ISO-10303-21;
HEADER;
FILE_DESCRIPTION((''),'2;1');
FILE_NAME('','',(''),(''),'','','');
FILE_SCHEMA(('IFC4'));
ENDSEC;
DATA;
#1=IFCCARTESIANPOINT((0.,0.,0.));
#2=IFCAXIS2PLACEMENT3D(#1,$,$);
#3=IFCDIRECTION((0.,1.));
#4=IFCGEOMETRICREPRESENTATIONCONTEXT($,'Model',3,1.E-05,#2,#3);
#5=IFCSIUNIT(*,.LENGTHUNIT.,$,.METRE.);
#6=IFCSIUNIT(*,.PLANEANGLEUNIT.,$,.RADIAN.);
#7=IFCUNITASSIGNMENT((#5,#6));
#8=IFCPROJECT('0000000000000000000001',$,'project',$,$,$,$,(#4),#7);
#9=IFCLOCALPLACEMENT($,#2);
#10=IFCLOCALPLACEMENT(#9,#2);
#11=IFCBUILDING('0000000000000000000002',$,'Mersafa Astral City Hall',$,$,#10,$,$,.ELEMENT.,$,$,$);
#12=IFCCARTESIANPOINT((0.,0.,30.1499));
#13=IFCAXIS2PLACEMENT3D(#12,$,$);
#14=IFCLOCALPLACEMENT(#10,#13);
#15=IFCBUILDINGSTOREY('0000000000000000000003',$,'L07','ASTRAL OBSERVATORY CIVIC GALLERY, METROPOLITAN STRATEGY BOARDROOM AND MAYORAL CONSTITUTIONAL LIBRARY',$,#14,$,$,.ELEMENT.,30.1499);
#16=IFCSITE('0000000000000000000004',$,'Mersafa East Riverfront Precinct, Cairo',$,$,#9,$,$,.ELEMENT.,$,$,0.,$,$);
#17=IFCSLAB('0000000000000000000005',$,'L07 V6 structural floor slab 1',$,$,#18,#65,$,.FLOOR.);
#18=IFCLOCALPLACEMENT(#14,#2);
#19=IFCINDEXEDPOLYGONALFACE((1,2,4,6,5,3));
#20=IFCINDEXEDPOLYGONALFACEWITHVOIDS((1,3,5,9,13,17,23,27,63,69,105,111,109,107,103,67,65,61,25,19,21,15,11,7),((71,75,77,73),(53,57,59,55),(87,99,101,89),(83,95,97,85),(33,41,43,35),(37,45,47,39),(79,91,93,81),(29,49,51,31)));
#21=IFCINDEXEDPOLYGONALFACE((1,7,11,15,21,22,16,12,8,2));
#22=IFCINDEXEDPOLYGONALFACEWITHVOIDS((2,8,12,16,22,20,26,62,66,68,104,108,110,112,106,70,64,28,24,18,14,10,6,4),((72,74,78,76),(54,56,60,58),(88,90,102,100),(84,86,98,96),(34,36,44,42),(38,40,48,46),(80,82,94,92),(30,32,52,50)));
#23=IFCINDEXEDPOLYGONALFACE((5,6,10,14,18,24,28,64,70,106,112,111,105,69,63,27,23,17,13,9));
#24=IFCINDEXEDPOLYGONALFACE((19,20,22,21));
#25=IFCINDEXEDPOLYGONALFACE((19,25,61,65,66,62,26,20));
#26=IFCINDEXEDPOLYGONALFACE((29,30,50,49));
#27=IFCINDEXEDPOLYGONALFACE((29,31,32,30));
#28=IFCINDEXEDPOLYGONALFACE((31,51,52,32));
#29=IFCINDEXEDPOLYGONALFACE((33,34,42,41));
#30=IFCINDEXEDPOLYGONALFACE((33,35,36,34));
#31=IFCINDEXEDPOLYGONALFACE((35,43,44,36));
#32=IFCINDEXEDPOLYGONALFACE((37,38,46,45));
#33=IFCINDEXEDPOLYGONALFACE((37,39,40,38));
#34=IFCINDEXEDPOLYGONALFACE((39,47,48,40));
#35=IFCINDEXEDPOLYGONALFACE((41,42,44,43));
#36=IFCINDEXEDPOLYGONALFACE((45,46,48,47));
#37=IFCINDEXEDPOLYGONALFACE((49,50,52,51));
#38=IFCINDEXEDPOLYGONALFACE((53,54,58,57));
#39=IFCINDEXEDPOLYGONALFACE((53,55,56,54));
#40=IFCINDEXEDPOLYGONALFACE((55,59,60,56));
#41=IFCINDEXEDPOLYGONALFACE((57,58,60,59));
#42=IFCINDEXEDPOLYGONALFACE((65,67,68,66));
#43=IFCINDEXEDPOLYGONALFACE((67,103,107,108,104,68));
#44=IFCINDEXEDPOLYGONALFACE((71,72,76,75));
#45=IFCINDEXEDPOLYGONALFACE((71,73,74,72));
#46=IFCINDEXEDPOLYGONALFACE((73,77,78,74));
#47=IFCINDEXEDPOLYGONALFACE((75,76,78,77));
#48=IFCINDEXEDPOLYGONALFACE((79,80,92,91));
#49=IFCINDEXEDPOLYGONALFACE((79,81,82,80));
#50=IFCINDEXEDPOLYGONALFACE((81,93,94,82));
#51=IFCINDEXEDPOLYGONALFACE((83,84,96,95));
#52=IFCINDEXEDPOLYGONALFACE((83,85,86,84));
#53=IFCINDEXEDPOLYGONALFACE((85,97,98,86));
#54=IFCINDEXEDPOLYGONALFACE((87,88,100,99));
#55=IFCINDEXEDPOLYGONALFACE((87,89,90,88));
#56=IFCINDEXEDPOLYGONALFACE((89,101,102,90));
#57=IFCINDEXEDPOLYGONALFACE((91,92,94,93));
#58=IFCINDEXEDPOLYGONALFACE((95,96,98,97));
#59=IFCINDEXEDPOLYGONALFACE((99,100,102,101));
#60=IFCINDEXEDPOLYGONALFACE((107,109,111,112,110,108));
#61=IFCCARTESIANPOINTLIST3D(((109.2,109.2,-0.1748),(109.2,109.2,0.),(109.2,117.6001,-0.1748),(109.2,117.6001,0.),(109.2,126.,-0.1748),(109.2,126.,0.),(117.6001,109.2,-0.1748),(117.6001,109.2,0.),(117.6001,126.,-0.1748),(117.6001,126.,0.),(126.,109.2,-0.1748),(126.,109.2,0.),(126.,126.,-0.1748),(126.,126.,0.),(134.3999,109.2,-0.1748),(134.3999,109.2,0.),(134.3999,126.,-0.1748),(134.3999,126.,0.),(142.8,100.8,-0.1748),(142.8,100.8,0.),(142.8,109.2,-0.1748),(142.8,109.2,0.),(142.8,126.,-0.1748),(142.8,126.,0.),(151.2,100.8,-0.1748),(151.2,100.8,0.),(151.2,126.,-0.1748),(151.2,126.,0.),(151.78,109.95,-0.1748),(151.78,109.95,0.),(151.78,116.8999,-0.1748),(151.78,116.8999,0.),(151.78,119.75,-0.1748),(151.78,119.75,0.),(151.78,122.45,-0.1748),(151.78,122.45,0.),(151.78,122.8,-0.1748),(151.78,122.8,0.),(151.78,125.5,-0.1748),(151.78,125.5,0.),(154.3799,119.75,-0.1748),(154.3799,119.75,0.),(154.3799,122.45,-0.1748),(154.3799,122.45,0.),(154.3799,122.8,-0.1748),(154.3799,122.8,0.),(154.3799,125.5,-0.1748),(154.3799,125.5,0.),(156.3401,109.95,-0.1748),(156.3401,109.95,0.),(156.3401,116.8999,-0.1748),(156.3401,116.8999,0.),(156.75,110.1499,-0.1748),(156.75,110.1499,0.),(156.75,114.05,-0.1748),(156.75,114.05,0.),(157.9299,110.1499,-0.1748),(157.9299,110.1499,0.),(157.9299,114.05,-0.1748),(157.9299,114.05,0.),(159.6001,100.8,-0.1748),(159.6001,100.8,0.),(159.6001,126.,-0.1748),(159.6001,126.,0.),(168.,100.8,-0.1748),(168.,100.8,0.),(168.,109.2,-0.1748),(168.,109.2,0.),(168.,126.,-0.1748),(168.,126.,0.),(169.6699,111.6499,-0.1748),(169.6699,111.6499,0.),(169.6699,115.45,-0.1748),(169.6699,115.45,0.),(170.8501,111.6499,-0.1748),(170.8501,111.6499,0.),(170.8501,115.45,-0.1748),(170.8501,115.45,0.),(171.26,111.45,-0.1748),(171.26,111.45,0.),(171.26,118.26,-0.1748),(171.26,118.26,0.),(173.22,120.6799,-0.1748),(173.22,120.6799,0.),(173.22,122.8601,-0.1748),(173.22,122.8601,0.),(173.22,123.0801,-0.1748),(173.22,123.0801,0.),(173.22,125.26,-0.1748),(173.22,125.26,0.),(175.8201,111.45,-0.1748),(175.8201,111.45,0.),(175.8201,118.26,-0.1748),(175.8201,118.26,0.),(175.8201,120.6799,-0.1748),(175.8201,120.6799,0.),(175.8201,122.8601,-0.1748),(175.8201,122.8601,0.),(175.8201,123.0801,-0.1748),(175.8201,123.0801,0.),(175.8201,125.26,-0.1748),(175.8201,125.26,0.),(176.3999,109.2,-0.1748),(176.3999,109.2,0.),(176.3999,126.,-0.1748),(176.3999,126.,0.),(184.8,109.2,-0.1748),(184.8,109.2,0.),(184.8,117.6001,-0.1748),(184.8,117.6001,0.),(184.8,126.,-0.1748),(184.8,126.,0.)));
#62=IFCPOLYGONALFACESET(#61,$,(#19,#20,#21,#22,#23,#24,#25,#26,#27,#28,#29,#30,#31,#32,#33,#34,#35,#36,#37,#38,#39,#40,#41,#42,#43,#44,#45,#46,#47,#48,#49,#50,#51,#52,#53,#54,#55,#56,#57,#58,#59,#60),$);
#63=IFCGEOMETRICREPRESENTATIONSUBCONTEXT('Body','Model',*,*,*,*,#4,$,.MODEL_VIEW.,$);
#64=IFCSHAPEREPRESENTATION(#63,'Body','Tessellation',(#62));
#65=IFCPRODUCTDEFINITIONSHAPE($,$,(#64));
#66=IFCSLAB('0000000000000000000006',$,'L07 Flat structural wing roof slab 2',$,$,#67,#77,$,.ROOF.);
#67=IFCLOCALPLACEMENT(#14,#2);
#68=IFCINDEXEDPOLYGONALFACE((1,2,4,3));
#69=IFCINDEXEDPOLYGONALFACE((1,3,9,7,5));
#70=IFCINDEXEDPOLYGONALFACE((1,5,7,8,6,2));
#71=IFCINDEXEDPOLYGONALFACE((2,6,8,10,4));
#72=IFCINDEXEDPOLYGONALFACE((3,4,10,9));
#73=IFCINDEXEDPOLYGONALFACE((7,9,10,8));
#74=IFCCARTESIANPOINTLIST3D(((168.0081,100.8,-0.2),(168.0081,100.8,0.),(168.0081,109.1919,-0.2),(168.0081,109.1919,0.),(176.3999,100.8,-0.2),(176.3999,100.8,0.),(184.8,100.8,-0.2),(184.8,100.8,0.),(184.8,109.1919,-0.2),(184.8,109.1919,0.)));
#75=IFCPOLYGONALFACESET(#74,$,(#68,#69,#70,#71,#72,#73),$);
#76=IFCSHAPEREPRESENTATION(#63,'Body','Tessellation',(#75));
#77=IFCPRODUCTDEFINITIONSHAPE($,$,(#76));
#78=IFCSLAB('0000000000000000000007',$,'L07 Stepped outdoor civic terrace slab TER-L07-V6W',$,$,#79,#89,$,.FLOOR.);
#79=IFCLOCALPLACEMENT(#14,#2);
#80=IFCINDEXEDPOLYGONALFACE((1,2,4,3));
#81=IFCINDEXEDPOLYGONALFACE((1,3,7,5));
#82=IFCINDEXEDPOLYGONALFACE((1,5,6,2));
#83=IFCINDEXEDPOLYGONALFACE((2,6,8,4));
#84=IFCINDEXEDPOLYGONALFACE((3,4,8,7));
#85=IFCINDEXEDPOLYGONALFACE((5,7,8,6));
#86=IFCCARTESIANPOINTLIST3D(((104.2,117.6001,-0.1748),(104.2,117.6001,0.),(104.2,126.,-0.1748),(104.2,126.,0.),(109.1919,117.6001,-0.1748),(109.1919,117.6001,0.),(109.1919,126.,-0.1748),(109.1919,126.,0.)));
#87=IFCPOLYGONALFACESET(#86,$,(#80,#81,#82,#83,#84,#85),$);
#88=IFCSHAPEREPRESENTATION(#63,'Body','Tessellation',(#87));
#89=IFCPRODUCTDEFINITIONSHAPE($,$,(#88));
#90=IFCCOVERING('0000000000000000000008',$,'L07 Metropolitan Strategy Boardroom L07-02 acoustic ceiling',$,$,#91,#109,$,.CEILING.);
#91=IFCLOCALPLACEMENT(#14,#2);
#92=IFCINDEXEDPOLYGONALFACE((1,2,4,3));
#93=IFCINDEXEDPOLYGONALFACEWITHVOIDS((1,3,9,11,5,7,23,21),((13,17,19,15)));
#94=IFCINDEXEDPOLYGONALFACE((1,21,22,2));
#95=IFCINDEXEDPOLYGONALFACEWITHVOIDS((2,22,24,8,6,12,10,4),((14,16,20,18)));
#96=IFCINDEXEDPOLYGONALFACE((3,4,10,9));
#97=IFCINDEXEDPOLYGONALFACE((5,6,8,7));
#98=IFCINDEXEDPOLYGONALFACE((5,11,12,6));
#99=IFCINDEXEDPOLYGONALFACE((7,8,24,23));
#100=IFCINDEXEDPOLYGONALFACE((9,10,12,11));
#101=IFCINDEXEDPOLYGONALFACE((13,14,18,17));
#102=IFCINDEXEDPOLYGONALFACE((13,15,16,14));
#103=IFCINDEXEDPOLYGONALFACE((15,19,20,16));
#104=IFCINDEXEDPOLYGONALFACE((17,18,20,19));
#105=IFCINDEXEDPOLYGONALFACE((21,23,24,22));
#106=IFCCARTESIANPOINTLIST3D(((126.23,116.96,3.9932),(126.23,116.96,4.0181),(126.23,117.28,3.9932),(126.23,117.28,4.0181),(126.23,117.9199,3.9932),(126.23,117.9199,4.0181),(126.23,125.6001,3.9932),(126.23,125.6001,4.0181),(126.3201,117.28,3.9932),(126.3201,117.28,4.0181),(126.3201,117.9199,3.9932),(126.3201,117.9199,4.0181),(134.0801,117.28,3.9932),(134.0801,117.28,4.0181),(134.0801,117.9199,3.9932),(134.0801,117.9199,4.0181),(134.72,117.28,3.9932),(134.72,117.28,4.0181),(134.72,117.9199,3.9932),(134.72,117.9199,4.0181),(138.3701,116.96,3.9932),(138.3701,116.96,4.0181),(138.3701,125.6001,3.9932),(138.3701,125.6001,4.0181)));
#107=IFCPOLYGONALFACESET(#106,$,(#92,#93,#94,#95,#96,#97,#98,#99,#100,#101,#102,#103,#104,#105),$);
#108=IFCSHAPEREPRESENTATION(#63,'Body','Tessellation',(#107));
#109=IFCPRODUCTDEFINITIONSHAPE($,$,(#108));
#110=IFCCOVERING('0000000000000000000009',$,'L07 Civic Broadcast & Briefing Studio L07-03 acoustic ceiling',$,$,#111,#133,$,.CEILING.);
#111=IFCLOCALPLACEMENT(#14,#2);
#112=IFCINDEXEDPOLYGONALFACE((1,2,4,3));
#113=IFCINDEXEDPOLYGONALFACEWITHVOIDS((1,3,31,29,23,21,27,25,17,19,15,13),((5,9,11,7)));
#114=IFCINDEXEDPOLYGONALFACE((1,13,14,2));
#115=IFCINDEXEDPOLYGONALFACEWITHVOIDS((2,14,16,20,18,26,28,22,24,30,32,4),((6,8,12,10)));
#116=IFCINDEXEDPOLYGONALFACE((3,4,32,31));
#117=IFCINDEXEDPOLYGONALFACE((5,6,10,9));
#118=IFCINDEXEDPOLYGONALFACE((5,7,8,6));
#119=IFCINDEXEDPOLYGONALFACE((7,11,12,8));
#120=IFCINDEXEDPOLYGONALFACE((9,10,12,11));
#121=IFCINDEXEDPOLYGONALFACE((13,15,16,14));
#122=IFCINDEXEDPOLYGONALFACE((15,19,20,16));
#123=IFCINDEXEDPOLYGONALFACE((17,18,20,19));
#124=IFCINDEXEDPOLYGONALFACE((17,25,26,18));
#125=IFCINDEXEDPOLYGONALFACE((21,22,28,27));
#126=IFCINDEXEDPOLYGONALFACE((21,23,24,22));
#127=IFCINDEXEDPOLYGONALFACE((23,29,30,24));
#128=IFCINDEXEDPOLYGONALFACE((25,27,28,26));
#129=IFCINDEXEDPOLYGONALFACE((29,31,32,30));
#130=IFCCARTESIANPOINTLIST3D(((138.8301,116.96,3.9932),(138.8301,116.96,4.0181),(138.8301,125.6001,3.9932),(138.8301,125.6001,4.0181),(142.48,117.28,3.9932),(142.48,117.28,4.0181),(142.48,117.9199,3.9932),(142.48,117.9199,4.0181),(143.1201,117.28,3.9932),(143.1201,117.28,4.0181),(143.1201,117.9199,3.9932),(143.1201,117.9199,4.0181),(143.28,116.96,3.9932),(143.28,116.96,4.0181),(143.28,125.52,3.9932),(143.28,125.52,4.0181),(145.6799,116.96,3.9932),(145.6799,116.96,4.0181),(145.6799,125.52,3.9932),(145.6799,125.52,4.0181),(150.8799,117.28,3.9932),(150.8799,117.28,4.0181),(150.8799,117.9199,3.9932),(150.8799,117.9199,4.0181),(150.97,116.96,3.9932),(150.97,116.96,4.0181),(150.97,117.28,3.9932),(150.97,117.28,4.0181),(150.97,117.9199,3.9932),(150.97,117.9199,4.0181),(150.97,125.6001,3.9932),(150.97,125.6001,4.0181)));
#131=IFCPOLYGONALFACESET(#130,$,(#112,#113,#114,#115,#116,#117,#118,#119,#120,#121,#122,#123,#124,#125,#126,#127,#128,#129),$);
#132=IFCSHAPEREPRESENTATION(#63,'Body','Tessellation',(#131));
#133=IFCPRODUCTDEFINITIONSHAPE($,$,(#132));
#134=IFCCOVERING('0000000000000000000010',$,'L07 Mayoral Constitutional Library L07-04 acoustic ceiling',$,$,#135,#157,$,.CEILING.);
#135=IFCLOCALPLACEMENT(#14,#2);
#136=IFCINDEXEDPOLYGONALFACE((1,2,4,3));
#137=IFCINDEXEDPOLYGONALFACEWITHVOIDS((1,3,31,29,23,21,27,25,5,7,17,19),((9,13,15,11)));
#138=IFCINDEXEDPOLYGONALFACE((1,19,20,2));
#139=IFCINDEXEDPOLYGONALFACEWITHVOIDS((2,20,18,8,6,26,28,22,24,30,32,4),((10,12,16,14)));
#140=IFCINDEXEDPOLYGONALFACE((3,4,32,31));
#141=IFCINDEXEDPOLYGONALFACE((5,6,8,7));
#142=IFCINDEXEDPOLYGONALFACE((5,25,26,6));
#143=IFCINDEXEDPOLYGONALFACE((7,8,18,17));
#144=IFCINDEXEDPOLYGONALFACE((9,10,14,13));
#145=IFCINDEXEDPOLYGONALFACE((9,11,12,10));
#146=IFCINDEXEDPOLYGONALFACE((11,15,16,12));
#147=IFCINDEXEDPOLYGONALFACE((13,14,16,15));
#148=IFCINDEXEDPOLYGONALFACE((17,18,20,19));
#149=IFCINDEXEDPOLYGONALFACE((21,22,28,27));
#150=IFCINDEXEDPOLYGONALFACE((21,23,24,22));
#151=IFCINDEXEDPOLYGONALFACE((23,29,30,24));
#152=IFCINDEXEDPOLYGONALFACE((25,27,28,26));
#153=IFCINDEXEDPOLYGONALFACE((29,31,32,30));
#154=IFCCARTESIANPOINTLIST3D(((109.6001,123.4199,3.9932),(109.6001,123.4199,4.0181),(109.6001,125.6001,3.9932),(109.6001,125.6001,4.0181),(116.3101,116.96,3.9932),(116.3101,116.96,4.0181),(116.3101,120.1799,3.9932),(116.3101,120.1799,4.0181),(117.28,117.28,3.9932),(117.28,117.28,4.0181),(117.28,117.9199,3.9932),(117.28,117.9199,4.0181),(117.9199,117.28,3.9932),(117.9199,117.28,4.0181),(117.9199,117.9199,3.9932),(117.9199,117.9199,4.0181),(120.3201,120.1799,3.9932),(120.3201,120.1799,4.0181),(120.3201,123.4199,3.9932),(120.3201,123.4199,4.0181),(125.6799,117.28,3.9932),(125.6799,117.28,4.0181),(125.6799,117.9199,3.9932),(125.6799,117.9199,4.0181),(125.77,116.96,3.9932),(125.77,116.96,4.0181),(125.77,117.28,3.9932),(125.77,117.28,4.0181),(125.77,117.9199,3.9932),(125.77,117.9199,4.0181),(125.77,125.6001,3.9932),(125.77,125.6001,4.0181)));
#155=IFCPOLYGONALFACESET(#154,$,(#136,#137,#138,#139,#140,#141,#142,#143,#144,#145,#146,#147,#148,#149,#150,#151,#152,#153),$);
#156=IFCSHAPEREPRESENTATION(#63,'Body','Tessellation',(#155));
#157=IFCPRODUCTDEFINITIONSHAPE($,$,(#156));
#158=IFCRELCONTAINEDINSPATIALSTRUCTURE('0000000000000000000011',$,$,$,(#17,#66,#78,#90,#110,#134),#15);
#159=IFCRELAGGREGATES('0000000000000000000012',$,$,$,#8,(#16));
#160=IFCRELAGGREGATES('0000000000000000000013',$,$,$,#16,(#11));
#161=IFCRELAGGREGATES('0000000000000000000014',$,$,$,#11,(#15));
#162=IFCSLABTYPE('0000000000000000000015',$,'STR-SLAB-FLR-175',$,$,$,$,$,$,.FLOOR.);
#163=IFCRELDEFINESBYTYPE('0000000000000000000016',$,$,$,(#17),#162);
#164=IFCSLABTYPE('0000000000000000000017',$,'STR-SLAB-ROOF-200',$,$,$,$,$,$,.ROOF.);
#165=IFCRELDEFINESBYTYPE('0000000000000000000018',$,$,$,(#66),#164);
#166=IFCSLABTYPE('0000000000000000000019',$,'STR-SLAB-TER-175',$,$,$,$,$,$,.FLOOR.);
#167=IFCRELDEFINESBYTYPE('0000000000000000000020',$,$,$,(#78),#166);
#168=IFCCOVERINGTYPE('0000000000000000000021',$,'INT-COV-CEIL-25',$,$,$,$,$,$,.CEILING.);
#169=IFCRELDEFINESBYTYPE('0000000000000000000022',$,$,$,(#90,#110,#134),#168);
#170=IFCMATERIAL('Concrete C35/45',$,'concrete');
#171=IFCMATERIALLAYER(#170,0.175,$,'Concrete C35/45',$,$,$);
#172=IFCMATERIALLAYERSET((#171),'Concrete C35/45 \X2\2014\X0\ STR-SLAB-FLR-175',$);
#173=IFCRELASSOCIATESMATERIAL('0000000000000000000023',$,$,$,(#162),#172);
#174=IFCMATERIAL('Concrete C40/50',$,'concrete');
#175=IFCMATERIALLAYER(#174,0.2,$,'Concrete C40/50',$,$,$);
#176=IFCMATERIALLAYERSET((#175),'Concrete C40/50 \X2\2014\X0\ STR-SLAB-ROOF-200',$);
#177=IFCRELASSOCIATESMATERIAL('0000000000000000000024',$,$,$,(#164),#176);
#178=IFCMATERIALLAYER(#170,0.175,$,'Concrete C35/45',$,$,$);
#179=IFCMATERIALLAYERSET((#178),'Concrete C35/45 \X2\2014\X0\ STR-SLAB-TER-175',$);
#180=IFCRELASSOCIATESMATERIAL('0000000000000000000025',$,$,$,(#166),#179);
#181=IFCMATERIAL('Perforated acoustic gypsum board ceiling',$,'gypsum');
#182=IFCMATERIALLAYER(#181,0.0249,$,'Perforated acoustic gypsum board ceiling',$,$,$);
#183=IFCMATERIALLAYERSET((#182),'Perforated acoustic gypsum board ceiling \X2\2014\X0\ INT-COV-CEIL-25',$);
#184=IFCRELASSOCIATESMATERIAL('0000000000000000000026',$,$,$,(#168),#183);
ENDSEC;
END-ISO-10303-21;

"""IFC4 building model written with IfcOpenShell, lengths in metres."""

from ifc_helpers import new_model, si_unit, direction, frame, origin, place, context, subcontext, project, spatial, polyline, outline, extrude, material, layer, layer_set, type_object, element, save


model = new_model("IFC4")

# Units and contexts
model_context = context("Model", 3, precision=1e-05, world=origin(), true_north=direction((0.0, 1.0)))
body_context = subcontext(model_context, "Body", "Model", "MODEL_VIEW")
ifc_project = project(units=[si_unit("LENGTHUNIT", "METRE"), si_unit("PLANEANGLEUNIT", "RADIAN")], contexts=[model_context])

# Site, building, storey
site_placement = place(None, origin())
site = spatial("IfcSite", under=ifc_project, at=site_placement, Name="Mersafa East Riverfront Precinct, Cairo", CompositionType="ELEMENT", RefElevation=0.0)
building_placement = place(site_placement, origin())
building = spatial("IfcBuilding", under=site, at=building_placement, Name="Mersafa Astral City Hall", CompositionType="ELEMENT")
storey_placement = place(building_placement, frame((0.0, 0.0, 30.1499)))
storey = spatial("IfcBuildingStorey", under=building, at=storey_placement, Name="L07", Description="ASTRAL OBSERVATORY CIVIC GALLERY, METROPOLITAN STRATEGY BOARDROOM AND MAYORAL CONSTITUTIONAL LIBRARY", CompositionType="ELEMENT", Elevation=30.1499)

# Slabs
ifc_material_1 = material(Name="Concrete C35/45", Category="concrete")
ifc_layer_1 = layer(ifc_material_1, 0.175, Name="Concrete C35/45")
ifc_layer_set_1 = layer_set([ifc_layer_1], Name="Concrete C35/45 — STR-SLAB-FLR-175")
slab_type_1 = type_object("IfcSlabType", Name="STR-SLAB-FLR-175", PredefinedType="FLOOR", material=ifc_layer_set_1)
slab_1_placement = place(storey_placement, frame((0.0, 0.0, -0.1748)))
element("IfcSlab", 1, at=slab_1_placement, inside=storey, type_object=slab_type_1, Name="L07 V6 structural floor slab 1", PredefinedType="FLOOR", context=body_context, shape_type="SweptSolid", body=[
    extrude(outline(polyline([(142.8, 109.2), (134.3999, 109.2), (126.0, 109.2), (117.6001, 109.2), (109.2, 109.2), (109.2, 117.6001), (109.2, 126.0), (117.6001, 126.0), (126.0, 126.0), (134.3999, 126.0), (142.8, 126.0), (151.2, 126.0), (159.6001, 126.0), (168.0, 126.0), (176.3999, 126.0), (184.8, 126.0), (184.8, 117.6001), (184.8, 109.2), (176.3999, 109.2), (168.0, 109.2), (168.0, 100.8), (159.6001, 100.8), (151.2, 100.8), (142.8, 100.8), (142.8, 109.2)]), holes=[polyline([(156.75, 114.05), (156.75, 110.1499), (157.9299, 110.1499), (157.9299, 114.05), (156.75, 114.05)]), polyline([(156.3401, 109.95), (156.3401, 116.8999), (151.78, 116.8999), (151.78, 109.95), (156.3401, 109.95)]), polyline([(169.6699, 115.45), (169.6699, 111.6499), (170.8501, 111.6499), (170.8501, 115.45), (169.6699, 115.45)]), polyline([(175.8201, 111.45), (175.8201, 118.26), (171.26, 118.26), (171.26, 111.45), (175.8201, 111.45)]), polyline([(151.78, 122.45), (151.78, 119.75), (154.3799, 119.75), (154.3799, 122.45), (151.78, 122.45)]), polyline([(173.22, 122.8601), (173.22, 120.6799), (175.8201, 120.6799), (175.8201, 122.8601), (173.22, 122.8601)]), polyline([(151.78, 125.5), (151.78, 122.8), (154.3799, 122.8), (154.3799, 125.5), (151.78, 125.5)]), polyline([(173.22, 125.26), (173.22, 123.0801), (175.8201, 123.0801), (175.8201, 125.26), (173.22, 125.26)])]), origin(), (0.0, 0.0, 1.0), 0.1748),
])
ifc_material_2 = material(Name="Concrete C40/50", Category="concrete")
ifc_layer_2 = layer(ifc_material_2, 0.2, Name="Concrete C40/50")
ifc_layer_set_2 = layer_set([ifc_layer_2], Name="Concrete C40/50 — STR-SLAB-ROOF-200")
slab_type_2 = type_object("IfcSlabType", Name="STR-SLAB-ROOF-200", PredefinedType="ROOF", material=ifc_layer_set_2)
slab_2_placement = place(storey_placement, frame((0.0, 0.0, -0.2)))
element("IfcSlab", 2, at=slab_2_placement, inside=storey, type_object=slab_type_2, Name="L07 Flat structural wing roof slab 2", PredefinedType="ROOF", context=body_context, shape_type="SweptSolid", body=[
    extrude(outline(polyline([(184.8, 100.8), (176.3999, 100.8), (168.0081, 100.8), (168.0081, 109.1919), (184.8, 109.1919), (184.8, 100.8)])), origin(), (0.0, 0.0, 1.0), 0.2),
])
ifc_layer_3 = layer(ifc_material_1, 0.175, Name="Concrete C35/45")
ifc_layer_set_3 = layer_set([ifc_layer_3], Name="Concrete C35/45 — STR-SLAB-TER-175")
slab_type_3 = type_object("IfcSlabType", Name="STR-SLAB-TER-175", PredefinedType="FLOOR", material=ifc_layer_set_3)
slab_3_placement = place(storey_placement, frame((0.0, 0.0, -0.1748)))
element("IfcSlab", 3, at=slab_3_placement, inside=storey, type_object=slab_type_3, Name="L07 Stepped outdoor civic terrace slab TER-L07-V6W", PredefinedType="FLOOR", context=body_context, shape_type="SweptSolid", body=[
    extrude(outline(polyline([(104.2, 117.6001), (104.2, 126.0), (109.1919, 126.0), (109.1919, 117.6001), (104.2, 117.6001)])), origin(), (0.0, 0.0, 1.0), 0.1748),
])

# Coverings
ifc_material_3 = material(Name="Perforated acoustic gypsum board ceiling", Category="gypsum")
ifc_layer_4 = layer(ifc_material_3, 0.0249, Name="Perforated acoustic gypsum board ceiling")
ifc_layer_set_4 = layer_set([ifc_layer_4], Name="Perforated acoustic gypsum board ceiling — INT-COV-CEIL-25")
covering_type_1 = type_object("IfcCoveringType", Name="INT-COV-CEIL-25", PredefinedType="CEILING", material=ifc_layer_set_4)
covering_1_placement = place(storey_placement, frame((0.0, 0.0, 3.9932)))
element("IfcCovering", 4, at=covering_1_placement, inside=storey, type_object=covering_type_1, Name="L07 Metropolitan Strategy Boardroom L07-02 acoustic ceiling", PredefinedType="CEILING", context=body_context, shape_type="SweptSolid", body=[
    extrude(outline(polyline([(126.3201, 117.28), (126.3201, 117.9199), (126.23, 117.9199), (126.23, 125.6001), (138.3701, 125.6001), (138.3701, 116.96), (126.23, 116.96), (126.23, 117.28), (126.3201, 117.28)]), holes=[polyline([(134.72, 117.9199), (134.0801, 117.9199), (134.0801, 117.28), (134.72, 117.28), (134.72, 117.9199)])]), origin(), (0.0, 0.0, 1.0), 0.0249),
])
covering_2_placement = place(storey_placement, frame((0.0, 0.0, 3.9932)))
element("IfcCovering", 5, at=covering_2_placement, inside=storey, type_object=covering_type_1, Name="L07 Civic Broadcast & Briefing Studio L07-03 acoustic ceiling", PredefinedType="CEILING", context=body_context, shape_type="SweptSolid", body=[
    extrude(outline(polyline([(150.97, 116.96), (145.6799, 116.96), (145.6799, 125.52), (143.28, 125.52), (143.28, 116.96), (138.8301, 116.96), (138.8301, 125.6001), (150.97, 125.6001), (150.97, 117.9199), (150.8799, 117.9199), (150.8799, 117.28), (150.97, 117.28), (150.97, 116.96)]), holes=[polyline([(142.48, 117.9199), (142.48, 117.28), (143.1201, 117.28), (143.1201, 117.9199), (142.48, 117.9199)])]), origin(), (0.0, 0.0, 1.0), 0.0249),
])
covering_3_placement = place(storey_placement, frame((0.0, 0.0, 3.9932)))
element("IfcCovering", 6, at=covering_3_placement, inside=storey, type_object=covering_type_1, Name="L07 Mayoral Constitutional Library L07-04 acoustic ceiling", PredefinedType="CEILING", context=body_context, shape_type="SweptSolid", body=[
    extrude(outline(polyline([(120.3201, 120.1799), (120.3201, 123.4199), (109.6001, 123.4199), (109.6001, 125.6001), (125.77, 125.6001), (125.77, 117.9199), (125.6799, 117.9199), (125.6799, 117.28), (125.77, 117.28), (125.77, 116.96), (116.3101, 116.96), (116.3101, 120.1799), (120.3201, 120.1799)]), holes=[polyline([(117.28, 117.9199), (117.28, 117.28), (117.9199, 117.28), (117.9199, 117.9199), (117.28, 117.9199)])]), origin(), (0.0, 0.0, 1.0), 0.0249),
])

save(model, "model.ifc")
